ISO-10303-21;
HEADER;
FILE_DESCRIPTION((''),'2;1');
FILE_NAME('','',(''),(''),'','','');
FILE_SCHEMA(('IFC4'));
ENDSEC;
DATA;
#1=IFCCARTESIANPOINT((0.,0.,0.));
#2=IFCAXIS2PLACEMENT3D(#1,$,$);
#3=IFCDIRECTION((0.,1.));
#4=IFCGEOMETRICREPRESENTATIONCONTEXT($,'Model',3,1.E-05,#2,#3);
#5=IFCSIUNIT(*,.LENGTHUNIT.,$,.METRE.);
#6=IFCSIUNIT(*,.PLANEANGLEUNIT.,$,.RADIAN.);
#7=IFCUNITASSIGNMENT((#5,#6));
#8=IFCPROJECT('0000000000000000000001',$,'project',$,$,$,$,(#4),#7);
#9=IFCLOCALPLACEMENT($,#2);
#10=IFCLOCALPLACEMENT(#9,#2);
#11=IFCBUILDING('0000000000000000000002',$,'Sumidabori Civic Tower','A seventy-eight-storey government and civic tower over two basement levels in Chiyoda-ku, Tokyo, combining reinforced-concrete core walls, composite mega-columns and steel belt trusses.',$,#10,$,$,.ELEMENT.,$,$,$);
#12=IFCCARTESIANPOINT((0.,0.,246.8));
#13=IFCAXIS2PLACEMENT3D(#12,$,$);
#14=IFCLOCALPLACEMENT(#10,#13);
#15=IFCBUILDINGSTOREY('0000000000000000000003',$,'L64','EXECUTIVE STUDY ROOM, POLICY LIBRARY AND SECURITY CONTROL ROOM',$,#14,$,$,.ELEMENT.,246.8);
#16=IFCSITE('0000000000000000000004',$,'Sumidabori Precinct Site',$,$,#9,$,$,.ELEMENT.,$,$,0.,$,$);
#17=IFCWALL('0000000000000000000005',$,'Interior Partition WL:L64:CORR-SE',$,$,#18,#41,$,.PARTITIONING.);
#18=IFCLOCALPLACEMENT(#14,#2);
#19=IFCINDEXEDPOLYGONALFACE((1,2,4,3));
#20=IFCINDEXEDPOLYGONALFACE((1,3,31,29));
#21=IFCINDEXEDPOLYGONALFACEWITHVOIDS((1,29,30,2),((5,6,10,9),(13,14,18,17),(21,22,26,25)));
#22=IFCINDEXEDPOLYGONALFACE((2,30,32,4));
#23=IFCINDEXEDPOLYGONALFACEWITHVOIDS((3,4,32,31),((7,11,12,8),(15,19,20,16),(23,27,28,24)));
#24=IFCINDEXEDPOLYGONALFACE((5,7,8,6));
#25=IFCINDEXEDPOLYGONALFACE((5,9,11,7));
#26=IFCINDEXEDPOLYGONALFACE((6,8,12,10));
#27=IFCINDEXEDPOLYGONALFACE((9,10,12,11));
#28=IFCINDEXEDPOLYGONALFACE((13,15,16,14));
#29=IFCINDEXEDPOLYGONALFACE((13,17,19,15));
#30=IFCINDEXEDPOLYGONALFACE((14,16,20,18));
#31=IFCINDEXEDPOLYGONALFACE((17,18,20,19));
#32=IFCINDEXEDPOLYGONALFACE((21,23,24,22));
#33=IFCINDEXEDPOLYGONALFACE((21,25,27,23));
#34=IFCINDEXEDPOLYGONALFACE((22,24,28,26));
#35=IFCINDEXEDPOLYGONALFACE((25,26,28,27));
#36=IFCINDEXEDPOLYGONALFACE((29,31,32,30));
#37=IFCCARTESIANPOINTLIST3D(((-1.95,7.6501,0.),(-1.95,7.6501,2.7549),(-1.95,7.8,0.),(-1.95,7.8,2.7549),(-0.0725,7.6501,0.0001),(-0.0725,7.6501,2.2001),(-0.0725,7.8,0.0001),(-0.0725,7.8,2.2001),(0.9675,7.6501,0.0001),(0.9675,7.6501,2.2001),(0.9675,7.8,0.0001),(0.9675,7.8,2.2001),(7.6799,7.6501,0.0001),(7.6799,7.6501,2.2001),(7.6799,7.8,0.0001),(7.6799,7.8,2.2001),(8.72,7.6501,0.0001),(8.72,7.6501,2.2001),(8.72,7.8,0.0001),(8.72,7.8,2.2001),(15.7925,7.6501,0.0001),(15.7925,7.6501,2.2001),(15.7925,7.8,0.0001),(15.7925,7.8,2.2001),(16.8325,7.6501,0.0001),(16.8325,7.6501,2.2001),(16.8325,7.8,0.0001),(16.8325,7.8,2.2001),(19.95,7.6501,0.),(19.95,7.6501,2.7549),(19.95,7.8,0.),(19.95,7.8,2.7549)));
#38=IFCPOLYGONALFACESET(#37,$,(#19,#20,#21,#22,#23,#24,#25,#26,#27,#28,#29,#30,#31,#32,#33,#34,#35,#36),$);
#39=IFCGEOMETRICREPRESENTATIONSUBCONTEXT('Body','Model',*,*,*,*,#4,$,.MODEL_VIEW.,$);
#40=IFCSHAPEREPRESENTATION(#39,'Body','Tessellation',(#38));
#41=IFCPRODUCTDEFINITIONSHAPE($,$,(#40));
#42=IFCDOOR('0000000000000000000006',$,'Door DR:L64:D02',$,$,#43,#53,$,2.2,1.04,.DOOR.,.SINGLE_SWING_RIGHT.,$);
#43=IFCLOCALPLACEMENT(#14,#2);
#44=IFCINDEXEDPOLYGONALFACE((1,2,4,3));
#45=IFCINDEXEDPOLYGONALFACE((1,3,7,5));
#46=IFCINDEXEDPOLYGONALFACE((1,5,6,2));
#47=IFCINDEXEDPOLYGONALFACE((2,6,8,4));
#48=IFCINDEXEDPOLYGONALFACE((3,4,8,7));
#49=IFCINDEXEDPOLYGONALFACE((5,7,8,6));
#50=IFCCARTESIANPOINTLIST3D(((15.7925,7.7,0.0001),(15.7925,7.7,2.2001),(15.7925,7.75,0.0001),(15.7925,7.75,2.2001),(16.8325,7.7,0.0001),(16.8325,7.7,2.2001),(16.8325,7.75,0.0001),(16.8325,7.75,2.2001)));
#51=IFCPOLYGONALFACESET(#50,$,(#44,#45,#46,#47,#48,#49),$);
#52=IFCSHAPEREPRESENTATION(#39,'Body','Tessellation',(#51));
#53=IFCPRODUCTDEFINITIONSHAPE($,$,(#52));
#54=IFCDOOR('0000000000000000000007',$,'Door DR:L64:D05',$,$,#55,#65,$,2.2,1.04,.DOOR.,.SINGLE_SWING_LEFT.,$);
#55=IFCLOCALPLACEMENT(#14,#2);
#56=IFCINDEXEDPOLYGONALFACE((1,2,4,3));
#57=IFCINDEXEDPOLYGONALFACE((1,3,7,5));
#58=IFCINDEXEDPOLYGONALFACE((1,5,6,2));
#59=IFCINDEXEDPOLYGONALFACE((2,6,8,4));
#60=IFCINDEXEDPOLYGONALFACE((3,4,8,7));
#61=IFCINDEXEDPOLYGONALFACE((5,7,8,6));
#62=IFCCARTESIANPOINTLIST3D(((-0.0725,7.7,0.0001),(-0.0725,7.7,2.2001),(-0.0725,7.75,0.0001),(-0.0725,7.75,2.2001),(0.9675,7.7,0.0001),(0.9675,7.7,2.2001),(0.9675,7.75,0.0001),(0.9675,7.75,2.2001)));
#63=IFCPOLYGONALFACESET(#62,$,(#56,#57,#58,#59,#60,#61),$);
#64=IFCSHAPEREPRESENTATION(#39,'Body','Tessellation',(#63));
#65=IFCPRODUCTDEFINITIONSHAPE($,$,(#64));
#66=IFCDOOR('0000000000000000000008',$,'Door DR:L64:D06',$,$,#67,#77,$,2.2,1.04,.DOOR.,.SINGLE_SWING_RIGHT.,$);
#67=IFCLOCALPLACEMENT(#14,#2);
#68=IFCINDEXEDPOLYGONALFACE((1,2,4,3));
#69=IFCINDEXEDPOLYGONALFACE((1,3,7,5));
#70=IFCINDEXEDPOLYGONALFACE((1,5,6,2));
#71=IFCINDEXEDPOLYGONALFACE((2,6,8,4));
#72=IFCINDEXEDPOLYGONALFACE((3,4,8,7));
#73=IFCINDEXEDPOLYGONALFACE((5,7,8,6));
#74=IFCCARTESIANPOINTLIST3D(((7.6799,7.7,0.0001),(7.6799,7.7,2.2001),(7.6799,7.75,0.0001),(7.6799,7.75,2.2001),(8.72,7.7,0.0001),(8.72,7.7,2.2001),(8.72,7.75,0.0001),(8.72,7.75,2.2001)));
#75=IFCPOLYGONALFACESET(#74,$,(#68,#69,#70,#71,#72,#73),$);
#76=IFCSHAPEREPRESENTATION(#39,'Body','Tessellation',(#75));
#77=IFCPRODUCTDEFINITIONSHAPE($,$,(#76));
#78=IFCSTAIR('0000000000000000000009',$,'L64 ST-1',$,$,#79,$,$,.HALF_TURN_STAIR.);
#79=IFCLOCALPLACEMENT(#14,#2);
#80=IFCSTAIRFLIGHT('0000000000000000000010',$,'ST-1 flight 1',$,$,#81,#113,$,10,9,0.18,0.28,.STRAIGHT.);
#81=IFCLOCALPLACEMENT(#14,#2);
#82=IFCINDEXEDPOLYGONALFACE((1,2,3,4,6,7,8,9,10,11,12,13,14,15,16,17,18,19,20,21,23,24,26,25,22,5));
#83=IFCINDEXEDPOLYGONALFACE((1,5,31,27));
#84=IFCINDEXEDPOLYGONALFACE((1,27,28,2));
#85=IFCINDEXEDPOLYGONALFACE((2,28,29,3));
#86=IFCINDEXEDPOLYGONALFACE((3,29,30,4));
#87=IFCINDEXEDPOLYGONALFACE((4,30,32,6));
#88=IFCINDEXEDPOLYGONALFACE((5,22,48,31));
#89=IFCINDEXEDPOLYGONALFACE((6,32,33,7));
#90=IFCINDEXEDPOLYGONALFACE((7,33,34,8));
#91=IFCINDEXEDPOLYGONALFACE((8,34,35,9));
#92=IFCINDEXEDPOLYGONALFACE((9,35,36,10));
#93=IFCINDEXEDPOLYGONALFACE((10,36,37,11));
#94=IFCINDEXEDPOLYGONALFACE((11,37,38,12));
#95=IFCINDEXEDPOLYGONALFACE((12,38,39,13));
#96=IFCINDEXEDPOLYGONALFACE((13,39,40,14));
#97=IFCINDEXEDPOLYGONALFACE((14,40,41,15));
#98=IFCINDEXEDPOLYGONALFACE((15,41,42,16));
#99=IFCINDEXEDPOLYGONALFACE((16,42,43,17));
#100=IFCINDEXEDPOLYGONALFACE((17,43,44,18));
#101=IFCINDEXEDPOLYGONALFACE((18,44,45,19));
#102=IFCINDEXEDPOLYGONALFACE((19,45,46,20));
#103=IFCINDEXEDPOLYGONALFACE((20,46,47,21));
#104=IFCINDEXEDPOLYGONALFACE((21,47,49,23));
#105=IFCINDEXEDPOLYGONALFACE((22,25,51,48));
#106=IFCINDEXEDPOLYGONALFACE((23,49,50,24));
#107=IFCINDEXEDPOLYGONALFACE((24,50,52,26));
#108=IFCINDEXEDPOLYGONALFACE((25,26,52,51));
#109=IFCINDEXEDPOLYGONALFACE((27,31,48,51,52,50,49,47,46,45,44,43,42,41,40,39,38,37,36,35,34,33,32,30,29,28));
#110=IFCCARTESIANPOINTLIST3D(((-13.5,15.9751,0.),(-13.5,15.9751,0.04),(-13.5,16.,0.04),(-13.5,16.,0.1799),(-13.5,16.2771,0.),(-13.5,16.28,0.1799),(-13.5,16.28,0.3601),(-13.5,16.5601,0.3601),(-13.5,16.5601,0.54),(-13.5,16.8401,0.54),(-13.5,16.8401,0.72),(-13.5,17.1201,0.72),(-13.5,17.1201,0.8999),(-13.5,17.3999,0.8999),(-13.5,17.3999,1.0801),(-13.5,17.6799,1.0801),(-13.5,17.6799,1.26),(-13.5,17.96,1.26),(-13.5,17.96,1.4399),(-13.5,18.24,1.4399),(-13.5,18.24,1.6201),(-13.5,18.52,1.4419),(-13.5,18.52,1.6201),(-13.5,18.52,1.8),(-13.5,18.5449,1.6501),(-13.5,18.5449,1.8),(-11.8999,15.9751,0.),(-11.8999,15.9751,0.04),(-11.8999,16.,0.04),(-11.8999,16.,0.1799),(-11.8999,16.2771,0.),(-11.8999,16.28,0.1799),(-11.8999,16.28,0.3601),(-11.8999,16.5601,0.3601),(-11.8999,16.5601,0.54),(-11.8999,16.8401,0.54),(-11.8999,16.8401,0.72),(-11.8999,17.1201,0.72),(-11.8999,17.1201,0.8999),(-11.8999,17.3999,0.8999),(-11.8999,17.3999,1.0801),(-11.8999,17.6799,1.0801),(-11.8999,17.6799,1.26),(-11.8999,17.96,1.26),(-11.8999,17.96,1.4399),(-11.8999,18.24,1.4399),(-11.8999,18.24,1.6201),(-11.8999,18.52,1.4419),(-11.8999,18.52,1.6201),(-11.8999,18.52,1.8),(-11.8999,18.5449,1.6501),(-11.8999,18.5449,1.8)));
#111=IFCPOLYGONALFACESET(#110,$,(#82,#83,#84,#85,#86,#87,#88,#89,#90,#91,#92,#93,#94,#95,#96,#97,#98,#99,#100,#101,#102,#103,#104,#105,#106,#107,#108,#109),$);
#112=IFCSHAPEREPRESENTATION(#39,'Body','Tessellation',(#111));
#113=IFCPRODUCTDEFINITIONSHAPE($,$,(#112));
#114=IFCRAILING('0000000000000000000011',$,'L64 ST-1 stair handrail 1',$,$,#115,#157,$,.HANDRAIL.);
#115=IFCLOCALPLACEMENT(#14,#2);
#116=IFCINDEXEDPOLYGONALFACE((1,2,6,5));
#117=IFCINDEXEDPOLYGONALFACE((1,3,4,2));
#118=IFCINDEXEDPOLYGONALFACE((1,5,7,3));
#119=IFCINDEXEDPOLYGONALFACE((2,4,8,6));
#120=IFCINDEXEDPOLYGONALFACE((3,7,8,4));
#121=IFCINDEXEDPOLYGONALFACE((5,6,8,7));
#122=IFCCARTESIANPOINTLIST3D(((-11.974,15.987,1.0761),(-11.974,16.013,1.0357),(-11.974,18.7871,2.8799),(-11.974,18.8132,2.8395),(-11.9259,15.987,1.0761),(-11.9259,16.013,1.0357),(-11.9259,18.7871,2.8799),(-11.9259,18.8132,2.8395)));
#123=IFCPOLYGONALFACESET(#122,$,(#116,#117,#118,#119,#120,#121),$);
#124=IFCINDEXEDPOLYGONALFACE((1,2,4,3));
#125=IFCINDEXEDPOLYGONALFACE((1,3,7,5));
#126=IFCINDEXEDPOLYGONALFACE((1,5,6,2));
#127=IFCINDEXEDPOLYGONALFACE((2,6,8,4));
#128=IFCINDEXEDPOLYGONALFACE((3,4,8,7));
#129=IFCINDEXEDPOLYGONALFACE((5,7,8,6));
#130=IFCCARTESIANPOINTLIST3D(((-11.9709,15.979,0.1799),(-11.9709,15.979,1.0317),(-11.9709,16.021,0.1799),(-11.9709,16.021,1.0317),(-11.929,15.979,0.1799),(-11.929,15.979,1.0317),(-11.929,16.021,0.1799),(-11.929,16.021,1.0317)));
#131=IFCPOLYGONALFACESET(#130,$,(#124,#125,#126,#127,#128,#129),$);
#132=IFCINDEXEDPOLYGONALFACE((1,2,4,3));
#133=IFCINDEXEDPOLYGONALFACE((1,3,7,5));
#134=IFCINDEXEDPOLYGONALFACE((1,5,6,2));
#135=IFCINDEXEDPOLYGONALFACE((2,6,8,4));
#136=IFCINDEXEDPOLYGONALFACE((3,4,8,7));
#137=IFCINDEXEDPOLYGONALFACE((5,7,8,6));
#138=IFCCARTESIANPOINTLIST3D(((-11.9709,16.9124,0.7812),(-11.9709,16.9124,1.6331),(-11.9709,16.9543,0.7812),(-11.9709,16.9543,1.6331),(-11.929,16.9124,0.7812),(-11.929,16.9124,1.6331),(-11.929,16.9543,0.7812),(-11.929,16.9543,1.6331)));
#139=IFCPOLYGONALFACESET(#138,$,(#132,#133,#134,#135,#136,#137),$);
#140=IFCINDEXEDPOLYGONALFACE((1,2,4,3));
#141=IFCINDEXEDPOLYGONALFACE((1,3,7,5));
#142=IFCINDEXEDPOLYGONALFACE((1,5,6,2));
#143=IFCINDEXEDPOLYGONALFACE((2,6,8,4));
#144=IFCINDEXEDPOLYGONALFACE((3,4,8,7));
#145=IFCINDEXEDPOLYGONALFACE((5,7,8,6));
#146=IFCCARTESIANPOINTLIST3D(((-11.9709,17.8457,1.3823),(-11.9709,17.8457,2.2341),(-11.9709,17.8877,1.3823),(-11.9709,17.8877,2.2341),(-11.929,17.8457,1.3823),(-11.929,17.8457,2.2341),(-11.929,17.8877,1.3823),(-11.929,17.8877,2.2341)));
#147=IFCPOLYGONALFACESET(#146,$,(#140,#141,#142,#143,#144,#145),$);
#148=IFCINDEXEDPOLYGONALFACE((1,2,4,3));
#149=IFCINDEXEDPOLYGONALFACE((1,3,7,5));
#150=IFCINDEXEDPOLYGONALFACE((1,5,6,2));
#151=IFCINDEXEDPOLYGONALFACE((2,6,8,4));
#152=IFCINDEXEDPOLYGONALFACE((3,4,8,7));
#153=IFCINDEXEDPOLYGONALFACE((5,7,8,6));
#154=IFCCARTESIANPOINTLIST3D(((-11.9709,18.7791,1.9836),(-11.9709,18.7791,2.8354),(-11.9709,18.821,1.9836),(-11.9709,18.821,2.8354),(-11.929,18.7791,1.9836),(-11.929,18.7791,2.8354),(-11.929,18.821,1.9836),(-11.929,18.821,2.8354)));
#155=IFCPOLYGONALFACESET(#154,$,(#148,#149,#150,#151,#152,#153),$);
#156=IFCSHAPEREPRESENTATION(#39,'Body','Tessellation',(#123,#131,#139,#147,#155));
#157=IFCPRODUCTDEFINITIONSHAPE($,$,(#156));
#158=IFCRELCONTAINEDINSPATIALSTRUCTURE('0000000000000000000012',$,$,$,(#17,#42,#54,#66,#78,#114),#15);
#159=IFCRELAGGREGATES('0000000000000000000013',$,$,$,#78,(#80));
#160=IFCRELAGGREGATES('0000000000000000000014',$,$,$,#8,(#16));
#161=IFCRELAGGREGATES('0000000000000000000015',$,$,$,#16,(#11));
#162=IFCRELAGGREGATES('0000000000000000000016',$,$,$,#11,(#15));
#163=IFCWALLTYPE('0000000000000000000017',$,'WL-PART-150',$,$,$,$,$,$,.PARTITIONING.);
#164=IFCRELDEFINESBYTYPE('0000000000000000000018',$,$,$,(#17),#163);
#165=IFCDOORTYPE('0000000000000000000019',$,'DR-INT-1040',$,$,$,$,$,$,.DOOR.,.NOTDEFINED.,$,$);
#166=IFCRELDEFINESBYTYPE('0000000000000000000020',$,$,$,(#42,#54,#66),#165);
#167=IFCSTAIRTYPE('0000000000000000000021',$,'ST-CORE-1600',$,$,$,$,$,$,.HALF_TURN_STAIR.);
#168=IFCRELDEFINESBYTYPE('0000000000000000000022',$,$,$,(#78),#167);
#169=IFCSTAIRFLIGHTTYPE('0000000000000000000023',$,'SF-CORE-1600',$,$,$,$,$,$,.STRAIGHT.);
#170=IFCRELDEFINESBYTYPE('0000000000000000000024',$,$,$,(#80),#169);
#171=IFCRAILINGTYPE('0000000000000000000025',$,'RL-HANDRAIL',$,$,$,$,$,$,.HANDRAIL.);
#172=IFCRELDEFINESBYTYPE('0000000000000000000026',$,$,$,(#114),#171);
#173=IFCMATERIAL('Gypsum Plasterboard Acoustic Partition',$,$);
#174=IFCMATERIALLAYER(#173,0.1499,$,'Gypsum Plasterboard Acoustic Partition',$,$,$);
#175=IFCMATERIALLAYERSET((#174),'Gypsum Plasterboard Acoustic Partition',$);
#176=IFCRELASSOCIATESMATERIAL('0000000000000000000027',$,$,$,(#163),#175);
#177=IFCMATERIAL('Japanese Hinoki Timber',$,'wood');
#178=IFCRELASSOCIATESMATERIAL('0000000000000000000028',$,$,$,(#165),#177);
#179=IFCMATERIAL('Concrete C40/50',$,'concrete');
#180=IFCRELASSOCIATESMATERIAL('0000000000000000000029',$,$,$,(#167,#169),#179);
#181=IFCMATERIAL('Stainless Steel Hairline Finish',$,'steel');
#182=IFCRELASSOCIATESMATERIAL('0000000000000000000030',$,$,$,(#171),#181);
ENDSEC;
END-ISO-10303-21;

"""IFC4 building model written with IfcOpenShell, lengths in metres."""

from ifc_helpers import new_model, si_unit, direction, frame, frame_2d, origin, origin_2d, place, context, subcontext, project, spatial, polyline, rectangle, outline, extrude, source, transform, mapped, material, layer, layer_set, type_object, element, fill, aggregate, save


model = new_model("IFC4")

# Units and contexts
model_context = context("Model", 3, precision=1e-05, world=origin(), true_north=direction((0.0, 1.0)))
body_context = subcontext(model_context, "Body", "Model", "MODEL_VIEW")
ifc_project = project(units=[si_unit("LENGTHUNIT", "METRE"), si_unit("PLANEANGLEUNIT", "RADIAN")], contexts=[model_context])

# Site, building, storey
site_placement = place(None, origin())
site = spatial("IfcSite", under=ifc_project, at=site_placement, Name="Sumidabori Precinct Site", CompositionType="ELEMENT", RefElevation=0.0)
building_placement = place(site_placement, origin())
building = spatial("IfcBuilding", under=site, at=building_placement, Name="Sumidabori Civic Tower", Description="A seventy-eight-storey government and civic tower over two basement levels in Chiyoda-ku, Tokyo, combining reinforced-concrete core walls, composite mega-columns and steel belt trusses.", CompositionType="ELEMENT")
storey_placement = place(building_placement, frame((0.0, 0.0, 246.8)))
storey = spatial("IfcBuildingStorey", under=building, at=storey_placement, Name="L64", Description="EXECUTIVE STUDY ROOM, POLICY LIBRARY AND SECURITY CONTROL ROOM", CompositionType="ELEMENT", Elevation=246.8)

# Shared definitions
ifc_material_1 = material(Name="Stainless Steel Hairline Finish", Category="steel")

# Shared definitions
ifc_material_2 = material(Name="Gypsum Plasterboard Acoustic Partition")
ifc_layer_1 = layer(ifc_material_2, 0.1499, Name="Gypsum Plasterboard Acoustic Partition")
ifc_layer_set_1 = layer_set([ifc_layer_1], Name="Gypsum Plasterboard Acoustic Partition")
wall_type_1 = type_object("IfcWallType", Name="WL-PART-150", PredefinedType="PARTITIONING", material=ifc_layer_set_1)

# Shared definitions
ifc_material_3 = material(Name="Japanese Hinoki Timber", Category="wood")

# Wall, openings, doors
shared_shape_1 = source(origin(), body_context, "Body", "SweptSolid", [
    extrude(rectangle(XDim=21.8999, YDim=0.1499, at=frame_2d((10.95, 0.0))), origin(), (0.0, 0.0, 1.0), 2.7549),
])
wall_1_placement = place(storey_placement, frame((-1.95, 7.7251, 0.0), z_axis=(0.0, 0.0, 1.0), x_axis=(1.0, 0.0, 0.0)))
wall_1 = element("IfcWall", 1, at=wall_1_placement, inside=storey, type_object=wall_type_1, Name="Interior Partition WL:L64:CORR-SE", PredefinedType="PARTITIONING", context=body_context, shape_type="MappedRepresentation", body=[
    mapped(shared_shape_1, transform((0.0, 0.0, 0.0), x_axis=(1.0, 0.0, 0.0), y_axis=(0.0, 1.0, 0.0), z_axis=(0.0, 0.0, 1.0), scale=1.0)),
])
opening_1_placement = place(wall_1_placement, frame((17.7424, 0.0, 0.0)))
opening_1 = element("IfcOpeningElement", 2, at=opening_1_placement, cuts=wall_1, PredefinedType="OPENING", context=body_context, shape_type="SweptSolid", body=[
    extrude(rectangle(XDim=1.04, YDim=2.2, at=frame_2d((0.52, 1.1001))), frame((0.0, 0.0869, 0.0), z_axis=(0.0, -1.0, 0.0), x_axis=(1.0, 0.0, 0.0)), (0.0, 0.0, 1.0), 0.1738),
])
opening_2_placement = place(wall_1_placement, frame((1.8774, 0.0, 0.0)))
opening_2 = element("IfcOpeningElement", 3, at=opening_2_placement, cuts=wall_1, PredefinedType="OPENING", context=body_context, shape_type="SweptSolid", body=[
    extrude(rectangle(XDim=1.04, YDim=2.2, at=frame_2d((0.52, 1.1001))), frame((0.0, 0.0869, 0.0), z_axis=(0.0, -1.0, 0.0), x_axis=(1.0, 0.0, 0.0)), (0.0, 0.0, 1.0), 0.1738),
])
opening_3_placement = place(wall_1_placement, frame((9.6299, 0.0, 0.0)))
opening_3 = element("IfcOpeningElement", 4, at=opening_3_placement, cuts=wall_1, PredefinedType="OPENING", context=body_context, shape_type="SweptSolid", body=[
    extrude(rectangle(XDim=1.04, YDim=2.2, at=frame_2d((0.52, 1.1001))), frame((0.0, 0.0869, 0.0), z_axis=(0.0, -1.0, 0.0), x_axis=(1.0, 0.0, 0.0)), (0.0, 0.0, 1.0), 0.1738),
])
door_type_1 = type_object("IfcDoorType", Name="DR-INT-1040", OperationType="NOTDEFINED", PredefinedType="DOOR", material=ifc_material_3)
shared_shape_2 = source(origin(), body_context, "Body", "SweptSolid", [
    extrude(rectangle(XDim=1.04, YDim=2.2, at=frame_2d((0.52, 1.1001))), frame((0.0, 0.0249, 0.0), z_axis=(0.0, -1.0, 0.0), x_axis=(1.0, 0.0, 0.0)), (0.0, 0.0, 1.0), 0.05),
])
door_1_placement = place(opening_1_placement, origin())
door_1 = element("IfcDoor", 5, at=door_1_placement, inside=storey, type_object=door_type_1, Name="Door DR:L64:D02", OperationType="SINGLE_SWING_RIGHT", OverallHeight=2.2, OverallWidth=1.04, PredefinedType="DOOR", context=body_context, shape_type="MappedRepresentation", body=[
    mapped(shared_shape_2, transform((0.0, 0.0, 0.0), x_axis=(1.0, 0.0, 0.0), y_axis=(0.0, 1.0, 0.0), z_axis=(0.0, 0.0, 1.0), scale=1.0)),
])
fill(opening_1, door_1)
door_2_placement = place(opening_2_placement, origin())
door_2 = element("IfcDoor", 6, at=door_2_placement, inside=storey, type_object=door_type_1, Name="Door DR:L64:D05", OperationType="SINGLE_SWING_LEFT", OverallHeight=2.2, OverallWidth=1.04, PredefinedType="DOOR", context=body_context, shape_type="MappedRepresentation", body=[
    mapped(shared_shape_2, transform((0.0, 0.0, 0.0), x_axis=(1.0, 0.0, 0.0), y_axis=(0.0, 1.0, 0.0), z_axis=(0.0, 0.0, 1.0), scale=1.0)),
])
fill(opening_2, door_2)
door_3_placement = place(opening_3_placement, origin())
door_3 = element("IfcDoor", 7, at=door_3_placement, inside=storey, type_object=door_type_1, Name="Door DR:L64:D06", OperationType="SINGLE_SWING_RIGHT", OverallHeight=2.2, OverallWidth=1.04, PredefinedType="DOOR", context=body_context, shape_type="MappedRepresentation", body=[
    mapped(shared_shape_2, transform((0.0, 0.0, 0.0), x_axis=(1.0, 0.0, 0.0), y_axis=(0.0, 1.0, 0.0), z_axis=(0.0, 0.0, 1.0), scale=1.0)),
])
fill(opening_3, door_3)

# Stair, stair flight
ifc_material_4 = material(Name="Concrete C40/50", Category="concrete")
stair_type = type_object("IfcStairType", Name="ST-CORE-1600", PredefinedType="HALF_TURN_STAIR", material=ifc_material_4)
stair_placement = place(storey_placement, origin())
stair = element("IfcStair", 8, at=stair_placement, inside=storey, type_object=stair_type, Name="L64 ST-1", PredefinedType="HALF_TURN_STAIR")
stair_flight_type = type_object("IfcStairFlightType", Name="SF-CORE-1600", PredefinedType="STRAIGHT", material=ifc_material_4)
shared_shape_3 = source(origin(), body_context, "Body", "SweptSolid", [
    extrude(outline(polyline([(-0.0249, 0.0), (-0.0249, 0.04), (0.0, 0.04), (0.0, 0.1799), (0.28, 0.1799), (0.28, 0.3601), (0.5601, 0.3601), (0.5601, 0.54), (0.8401, 0.54), (0.8401, 0.72), (1.1201, 0.72), (1.1201, 0.8999), (1.3999, 0.8999), (1.3999, 1.0801), (1.6799, 1.0801), (1.6799, 1.26), (1.96, 1.26), (1.96, 1.4399), (2.24, 1.4399), (2.24, 1.6201), (2.52, 1.6201), (2.52, 1.8), (2.5449, 1.8), (2.5449, 1.6501), (2.52, 1.4419), (0.2771, 0.0), (-0.0249, 0.0)])), frame((0.0, 0.8, 0.0), z_axis=(0.0, -1.0, 0.0), x_axis=(1.0, 0.0, 0.0)), (0.0, 0.0, 1.0), 1.6001),
])
stair_flight_placement = place(storey_placement, frame((-12.7, 16.0, 0.0), z_axis=(0.0, 0.0, 1.0), x_axis=(0.0, 1.0, 0.0)))
stair_flight = element("IfcStairFlight", 9, at=stair_flight_placement, type_object=stair_flight_type, Name="ST-1 flight 1", NumberOfRisers=10, NumberOfTreads=9, PredefinedType="STRAIGHT", RiserHeight=0.18, TreadLength=0.28, context=body_context, shape_type="MappedRepresentation", body=[
    mapped(shared_shape_3, transform((0.0, 0.0, 0.0), x_axis=(1.0, 0.0, 0.0), y_axis=(0.0, 1.0, 0.0), z_axis=(0.0, 0.0, 1.0), scale=1.0)),
])
aggregate(stair, [stair_flight])

# Railing
railing_type_1 = type_object("IfcRailingType", Name="RL-HANDRAIL", PredefinedType="HANDRAIL", material=ifc_material_1)
railing_1_placement = place(storey_placement, frame((-11.95, 16.0, 0.1799)))
element("IfcRailing", 10, at=railing_1_placement, inside=storey, type_object=railing_type_1, Name="L64 ST-1 stair handrail 1", PredefinedType="HANDRAIL", context=body_context, shape_type="SweptSolid", body=[
    extrude(rectangle(XDim=0.0481, YDim=0.0481, at=origin_2d()), frame((0.0, 0.0, 0.876), z_axis=(0.0, 0.840676, 0.541539), x_axis=(-1.0, 0.0, 0.0)), (0.0, 0.0, 1.0), 3.3308),
    extrude(rectangle(XDim=0.042, YDim=0.042, at=origin_2d()), origin(), (0.0, 0.0, 1.0), 0.8518),
    extrude(rectangle(XDim=0.042, YDim=0.042, at=origin_2d()), frame((0.0, 0.9333, 0.6013)), (0.0, 0.0, 1.0), 0.8518),
    extrude(rectangle(XDim=0.042, YDim=0.042, at=origin_2d()), frame((0.0, 1.8667, 1.2024)), (0.0, 0.0, 1.0), 0.8518),
    extrude(rectangle(XDim=0.042, YDim=0.042, at=origin_2d()), frame((0.0, 2.8, 1.8037)), (0.0, 0.0, 1.0), 0.8518),
])

save(model, "model.ifc")
